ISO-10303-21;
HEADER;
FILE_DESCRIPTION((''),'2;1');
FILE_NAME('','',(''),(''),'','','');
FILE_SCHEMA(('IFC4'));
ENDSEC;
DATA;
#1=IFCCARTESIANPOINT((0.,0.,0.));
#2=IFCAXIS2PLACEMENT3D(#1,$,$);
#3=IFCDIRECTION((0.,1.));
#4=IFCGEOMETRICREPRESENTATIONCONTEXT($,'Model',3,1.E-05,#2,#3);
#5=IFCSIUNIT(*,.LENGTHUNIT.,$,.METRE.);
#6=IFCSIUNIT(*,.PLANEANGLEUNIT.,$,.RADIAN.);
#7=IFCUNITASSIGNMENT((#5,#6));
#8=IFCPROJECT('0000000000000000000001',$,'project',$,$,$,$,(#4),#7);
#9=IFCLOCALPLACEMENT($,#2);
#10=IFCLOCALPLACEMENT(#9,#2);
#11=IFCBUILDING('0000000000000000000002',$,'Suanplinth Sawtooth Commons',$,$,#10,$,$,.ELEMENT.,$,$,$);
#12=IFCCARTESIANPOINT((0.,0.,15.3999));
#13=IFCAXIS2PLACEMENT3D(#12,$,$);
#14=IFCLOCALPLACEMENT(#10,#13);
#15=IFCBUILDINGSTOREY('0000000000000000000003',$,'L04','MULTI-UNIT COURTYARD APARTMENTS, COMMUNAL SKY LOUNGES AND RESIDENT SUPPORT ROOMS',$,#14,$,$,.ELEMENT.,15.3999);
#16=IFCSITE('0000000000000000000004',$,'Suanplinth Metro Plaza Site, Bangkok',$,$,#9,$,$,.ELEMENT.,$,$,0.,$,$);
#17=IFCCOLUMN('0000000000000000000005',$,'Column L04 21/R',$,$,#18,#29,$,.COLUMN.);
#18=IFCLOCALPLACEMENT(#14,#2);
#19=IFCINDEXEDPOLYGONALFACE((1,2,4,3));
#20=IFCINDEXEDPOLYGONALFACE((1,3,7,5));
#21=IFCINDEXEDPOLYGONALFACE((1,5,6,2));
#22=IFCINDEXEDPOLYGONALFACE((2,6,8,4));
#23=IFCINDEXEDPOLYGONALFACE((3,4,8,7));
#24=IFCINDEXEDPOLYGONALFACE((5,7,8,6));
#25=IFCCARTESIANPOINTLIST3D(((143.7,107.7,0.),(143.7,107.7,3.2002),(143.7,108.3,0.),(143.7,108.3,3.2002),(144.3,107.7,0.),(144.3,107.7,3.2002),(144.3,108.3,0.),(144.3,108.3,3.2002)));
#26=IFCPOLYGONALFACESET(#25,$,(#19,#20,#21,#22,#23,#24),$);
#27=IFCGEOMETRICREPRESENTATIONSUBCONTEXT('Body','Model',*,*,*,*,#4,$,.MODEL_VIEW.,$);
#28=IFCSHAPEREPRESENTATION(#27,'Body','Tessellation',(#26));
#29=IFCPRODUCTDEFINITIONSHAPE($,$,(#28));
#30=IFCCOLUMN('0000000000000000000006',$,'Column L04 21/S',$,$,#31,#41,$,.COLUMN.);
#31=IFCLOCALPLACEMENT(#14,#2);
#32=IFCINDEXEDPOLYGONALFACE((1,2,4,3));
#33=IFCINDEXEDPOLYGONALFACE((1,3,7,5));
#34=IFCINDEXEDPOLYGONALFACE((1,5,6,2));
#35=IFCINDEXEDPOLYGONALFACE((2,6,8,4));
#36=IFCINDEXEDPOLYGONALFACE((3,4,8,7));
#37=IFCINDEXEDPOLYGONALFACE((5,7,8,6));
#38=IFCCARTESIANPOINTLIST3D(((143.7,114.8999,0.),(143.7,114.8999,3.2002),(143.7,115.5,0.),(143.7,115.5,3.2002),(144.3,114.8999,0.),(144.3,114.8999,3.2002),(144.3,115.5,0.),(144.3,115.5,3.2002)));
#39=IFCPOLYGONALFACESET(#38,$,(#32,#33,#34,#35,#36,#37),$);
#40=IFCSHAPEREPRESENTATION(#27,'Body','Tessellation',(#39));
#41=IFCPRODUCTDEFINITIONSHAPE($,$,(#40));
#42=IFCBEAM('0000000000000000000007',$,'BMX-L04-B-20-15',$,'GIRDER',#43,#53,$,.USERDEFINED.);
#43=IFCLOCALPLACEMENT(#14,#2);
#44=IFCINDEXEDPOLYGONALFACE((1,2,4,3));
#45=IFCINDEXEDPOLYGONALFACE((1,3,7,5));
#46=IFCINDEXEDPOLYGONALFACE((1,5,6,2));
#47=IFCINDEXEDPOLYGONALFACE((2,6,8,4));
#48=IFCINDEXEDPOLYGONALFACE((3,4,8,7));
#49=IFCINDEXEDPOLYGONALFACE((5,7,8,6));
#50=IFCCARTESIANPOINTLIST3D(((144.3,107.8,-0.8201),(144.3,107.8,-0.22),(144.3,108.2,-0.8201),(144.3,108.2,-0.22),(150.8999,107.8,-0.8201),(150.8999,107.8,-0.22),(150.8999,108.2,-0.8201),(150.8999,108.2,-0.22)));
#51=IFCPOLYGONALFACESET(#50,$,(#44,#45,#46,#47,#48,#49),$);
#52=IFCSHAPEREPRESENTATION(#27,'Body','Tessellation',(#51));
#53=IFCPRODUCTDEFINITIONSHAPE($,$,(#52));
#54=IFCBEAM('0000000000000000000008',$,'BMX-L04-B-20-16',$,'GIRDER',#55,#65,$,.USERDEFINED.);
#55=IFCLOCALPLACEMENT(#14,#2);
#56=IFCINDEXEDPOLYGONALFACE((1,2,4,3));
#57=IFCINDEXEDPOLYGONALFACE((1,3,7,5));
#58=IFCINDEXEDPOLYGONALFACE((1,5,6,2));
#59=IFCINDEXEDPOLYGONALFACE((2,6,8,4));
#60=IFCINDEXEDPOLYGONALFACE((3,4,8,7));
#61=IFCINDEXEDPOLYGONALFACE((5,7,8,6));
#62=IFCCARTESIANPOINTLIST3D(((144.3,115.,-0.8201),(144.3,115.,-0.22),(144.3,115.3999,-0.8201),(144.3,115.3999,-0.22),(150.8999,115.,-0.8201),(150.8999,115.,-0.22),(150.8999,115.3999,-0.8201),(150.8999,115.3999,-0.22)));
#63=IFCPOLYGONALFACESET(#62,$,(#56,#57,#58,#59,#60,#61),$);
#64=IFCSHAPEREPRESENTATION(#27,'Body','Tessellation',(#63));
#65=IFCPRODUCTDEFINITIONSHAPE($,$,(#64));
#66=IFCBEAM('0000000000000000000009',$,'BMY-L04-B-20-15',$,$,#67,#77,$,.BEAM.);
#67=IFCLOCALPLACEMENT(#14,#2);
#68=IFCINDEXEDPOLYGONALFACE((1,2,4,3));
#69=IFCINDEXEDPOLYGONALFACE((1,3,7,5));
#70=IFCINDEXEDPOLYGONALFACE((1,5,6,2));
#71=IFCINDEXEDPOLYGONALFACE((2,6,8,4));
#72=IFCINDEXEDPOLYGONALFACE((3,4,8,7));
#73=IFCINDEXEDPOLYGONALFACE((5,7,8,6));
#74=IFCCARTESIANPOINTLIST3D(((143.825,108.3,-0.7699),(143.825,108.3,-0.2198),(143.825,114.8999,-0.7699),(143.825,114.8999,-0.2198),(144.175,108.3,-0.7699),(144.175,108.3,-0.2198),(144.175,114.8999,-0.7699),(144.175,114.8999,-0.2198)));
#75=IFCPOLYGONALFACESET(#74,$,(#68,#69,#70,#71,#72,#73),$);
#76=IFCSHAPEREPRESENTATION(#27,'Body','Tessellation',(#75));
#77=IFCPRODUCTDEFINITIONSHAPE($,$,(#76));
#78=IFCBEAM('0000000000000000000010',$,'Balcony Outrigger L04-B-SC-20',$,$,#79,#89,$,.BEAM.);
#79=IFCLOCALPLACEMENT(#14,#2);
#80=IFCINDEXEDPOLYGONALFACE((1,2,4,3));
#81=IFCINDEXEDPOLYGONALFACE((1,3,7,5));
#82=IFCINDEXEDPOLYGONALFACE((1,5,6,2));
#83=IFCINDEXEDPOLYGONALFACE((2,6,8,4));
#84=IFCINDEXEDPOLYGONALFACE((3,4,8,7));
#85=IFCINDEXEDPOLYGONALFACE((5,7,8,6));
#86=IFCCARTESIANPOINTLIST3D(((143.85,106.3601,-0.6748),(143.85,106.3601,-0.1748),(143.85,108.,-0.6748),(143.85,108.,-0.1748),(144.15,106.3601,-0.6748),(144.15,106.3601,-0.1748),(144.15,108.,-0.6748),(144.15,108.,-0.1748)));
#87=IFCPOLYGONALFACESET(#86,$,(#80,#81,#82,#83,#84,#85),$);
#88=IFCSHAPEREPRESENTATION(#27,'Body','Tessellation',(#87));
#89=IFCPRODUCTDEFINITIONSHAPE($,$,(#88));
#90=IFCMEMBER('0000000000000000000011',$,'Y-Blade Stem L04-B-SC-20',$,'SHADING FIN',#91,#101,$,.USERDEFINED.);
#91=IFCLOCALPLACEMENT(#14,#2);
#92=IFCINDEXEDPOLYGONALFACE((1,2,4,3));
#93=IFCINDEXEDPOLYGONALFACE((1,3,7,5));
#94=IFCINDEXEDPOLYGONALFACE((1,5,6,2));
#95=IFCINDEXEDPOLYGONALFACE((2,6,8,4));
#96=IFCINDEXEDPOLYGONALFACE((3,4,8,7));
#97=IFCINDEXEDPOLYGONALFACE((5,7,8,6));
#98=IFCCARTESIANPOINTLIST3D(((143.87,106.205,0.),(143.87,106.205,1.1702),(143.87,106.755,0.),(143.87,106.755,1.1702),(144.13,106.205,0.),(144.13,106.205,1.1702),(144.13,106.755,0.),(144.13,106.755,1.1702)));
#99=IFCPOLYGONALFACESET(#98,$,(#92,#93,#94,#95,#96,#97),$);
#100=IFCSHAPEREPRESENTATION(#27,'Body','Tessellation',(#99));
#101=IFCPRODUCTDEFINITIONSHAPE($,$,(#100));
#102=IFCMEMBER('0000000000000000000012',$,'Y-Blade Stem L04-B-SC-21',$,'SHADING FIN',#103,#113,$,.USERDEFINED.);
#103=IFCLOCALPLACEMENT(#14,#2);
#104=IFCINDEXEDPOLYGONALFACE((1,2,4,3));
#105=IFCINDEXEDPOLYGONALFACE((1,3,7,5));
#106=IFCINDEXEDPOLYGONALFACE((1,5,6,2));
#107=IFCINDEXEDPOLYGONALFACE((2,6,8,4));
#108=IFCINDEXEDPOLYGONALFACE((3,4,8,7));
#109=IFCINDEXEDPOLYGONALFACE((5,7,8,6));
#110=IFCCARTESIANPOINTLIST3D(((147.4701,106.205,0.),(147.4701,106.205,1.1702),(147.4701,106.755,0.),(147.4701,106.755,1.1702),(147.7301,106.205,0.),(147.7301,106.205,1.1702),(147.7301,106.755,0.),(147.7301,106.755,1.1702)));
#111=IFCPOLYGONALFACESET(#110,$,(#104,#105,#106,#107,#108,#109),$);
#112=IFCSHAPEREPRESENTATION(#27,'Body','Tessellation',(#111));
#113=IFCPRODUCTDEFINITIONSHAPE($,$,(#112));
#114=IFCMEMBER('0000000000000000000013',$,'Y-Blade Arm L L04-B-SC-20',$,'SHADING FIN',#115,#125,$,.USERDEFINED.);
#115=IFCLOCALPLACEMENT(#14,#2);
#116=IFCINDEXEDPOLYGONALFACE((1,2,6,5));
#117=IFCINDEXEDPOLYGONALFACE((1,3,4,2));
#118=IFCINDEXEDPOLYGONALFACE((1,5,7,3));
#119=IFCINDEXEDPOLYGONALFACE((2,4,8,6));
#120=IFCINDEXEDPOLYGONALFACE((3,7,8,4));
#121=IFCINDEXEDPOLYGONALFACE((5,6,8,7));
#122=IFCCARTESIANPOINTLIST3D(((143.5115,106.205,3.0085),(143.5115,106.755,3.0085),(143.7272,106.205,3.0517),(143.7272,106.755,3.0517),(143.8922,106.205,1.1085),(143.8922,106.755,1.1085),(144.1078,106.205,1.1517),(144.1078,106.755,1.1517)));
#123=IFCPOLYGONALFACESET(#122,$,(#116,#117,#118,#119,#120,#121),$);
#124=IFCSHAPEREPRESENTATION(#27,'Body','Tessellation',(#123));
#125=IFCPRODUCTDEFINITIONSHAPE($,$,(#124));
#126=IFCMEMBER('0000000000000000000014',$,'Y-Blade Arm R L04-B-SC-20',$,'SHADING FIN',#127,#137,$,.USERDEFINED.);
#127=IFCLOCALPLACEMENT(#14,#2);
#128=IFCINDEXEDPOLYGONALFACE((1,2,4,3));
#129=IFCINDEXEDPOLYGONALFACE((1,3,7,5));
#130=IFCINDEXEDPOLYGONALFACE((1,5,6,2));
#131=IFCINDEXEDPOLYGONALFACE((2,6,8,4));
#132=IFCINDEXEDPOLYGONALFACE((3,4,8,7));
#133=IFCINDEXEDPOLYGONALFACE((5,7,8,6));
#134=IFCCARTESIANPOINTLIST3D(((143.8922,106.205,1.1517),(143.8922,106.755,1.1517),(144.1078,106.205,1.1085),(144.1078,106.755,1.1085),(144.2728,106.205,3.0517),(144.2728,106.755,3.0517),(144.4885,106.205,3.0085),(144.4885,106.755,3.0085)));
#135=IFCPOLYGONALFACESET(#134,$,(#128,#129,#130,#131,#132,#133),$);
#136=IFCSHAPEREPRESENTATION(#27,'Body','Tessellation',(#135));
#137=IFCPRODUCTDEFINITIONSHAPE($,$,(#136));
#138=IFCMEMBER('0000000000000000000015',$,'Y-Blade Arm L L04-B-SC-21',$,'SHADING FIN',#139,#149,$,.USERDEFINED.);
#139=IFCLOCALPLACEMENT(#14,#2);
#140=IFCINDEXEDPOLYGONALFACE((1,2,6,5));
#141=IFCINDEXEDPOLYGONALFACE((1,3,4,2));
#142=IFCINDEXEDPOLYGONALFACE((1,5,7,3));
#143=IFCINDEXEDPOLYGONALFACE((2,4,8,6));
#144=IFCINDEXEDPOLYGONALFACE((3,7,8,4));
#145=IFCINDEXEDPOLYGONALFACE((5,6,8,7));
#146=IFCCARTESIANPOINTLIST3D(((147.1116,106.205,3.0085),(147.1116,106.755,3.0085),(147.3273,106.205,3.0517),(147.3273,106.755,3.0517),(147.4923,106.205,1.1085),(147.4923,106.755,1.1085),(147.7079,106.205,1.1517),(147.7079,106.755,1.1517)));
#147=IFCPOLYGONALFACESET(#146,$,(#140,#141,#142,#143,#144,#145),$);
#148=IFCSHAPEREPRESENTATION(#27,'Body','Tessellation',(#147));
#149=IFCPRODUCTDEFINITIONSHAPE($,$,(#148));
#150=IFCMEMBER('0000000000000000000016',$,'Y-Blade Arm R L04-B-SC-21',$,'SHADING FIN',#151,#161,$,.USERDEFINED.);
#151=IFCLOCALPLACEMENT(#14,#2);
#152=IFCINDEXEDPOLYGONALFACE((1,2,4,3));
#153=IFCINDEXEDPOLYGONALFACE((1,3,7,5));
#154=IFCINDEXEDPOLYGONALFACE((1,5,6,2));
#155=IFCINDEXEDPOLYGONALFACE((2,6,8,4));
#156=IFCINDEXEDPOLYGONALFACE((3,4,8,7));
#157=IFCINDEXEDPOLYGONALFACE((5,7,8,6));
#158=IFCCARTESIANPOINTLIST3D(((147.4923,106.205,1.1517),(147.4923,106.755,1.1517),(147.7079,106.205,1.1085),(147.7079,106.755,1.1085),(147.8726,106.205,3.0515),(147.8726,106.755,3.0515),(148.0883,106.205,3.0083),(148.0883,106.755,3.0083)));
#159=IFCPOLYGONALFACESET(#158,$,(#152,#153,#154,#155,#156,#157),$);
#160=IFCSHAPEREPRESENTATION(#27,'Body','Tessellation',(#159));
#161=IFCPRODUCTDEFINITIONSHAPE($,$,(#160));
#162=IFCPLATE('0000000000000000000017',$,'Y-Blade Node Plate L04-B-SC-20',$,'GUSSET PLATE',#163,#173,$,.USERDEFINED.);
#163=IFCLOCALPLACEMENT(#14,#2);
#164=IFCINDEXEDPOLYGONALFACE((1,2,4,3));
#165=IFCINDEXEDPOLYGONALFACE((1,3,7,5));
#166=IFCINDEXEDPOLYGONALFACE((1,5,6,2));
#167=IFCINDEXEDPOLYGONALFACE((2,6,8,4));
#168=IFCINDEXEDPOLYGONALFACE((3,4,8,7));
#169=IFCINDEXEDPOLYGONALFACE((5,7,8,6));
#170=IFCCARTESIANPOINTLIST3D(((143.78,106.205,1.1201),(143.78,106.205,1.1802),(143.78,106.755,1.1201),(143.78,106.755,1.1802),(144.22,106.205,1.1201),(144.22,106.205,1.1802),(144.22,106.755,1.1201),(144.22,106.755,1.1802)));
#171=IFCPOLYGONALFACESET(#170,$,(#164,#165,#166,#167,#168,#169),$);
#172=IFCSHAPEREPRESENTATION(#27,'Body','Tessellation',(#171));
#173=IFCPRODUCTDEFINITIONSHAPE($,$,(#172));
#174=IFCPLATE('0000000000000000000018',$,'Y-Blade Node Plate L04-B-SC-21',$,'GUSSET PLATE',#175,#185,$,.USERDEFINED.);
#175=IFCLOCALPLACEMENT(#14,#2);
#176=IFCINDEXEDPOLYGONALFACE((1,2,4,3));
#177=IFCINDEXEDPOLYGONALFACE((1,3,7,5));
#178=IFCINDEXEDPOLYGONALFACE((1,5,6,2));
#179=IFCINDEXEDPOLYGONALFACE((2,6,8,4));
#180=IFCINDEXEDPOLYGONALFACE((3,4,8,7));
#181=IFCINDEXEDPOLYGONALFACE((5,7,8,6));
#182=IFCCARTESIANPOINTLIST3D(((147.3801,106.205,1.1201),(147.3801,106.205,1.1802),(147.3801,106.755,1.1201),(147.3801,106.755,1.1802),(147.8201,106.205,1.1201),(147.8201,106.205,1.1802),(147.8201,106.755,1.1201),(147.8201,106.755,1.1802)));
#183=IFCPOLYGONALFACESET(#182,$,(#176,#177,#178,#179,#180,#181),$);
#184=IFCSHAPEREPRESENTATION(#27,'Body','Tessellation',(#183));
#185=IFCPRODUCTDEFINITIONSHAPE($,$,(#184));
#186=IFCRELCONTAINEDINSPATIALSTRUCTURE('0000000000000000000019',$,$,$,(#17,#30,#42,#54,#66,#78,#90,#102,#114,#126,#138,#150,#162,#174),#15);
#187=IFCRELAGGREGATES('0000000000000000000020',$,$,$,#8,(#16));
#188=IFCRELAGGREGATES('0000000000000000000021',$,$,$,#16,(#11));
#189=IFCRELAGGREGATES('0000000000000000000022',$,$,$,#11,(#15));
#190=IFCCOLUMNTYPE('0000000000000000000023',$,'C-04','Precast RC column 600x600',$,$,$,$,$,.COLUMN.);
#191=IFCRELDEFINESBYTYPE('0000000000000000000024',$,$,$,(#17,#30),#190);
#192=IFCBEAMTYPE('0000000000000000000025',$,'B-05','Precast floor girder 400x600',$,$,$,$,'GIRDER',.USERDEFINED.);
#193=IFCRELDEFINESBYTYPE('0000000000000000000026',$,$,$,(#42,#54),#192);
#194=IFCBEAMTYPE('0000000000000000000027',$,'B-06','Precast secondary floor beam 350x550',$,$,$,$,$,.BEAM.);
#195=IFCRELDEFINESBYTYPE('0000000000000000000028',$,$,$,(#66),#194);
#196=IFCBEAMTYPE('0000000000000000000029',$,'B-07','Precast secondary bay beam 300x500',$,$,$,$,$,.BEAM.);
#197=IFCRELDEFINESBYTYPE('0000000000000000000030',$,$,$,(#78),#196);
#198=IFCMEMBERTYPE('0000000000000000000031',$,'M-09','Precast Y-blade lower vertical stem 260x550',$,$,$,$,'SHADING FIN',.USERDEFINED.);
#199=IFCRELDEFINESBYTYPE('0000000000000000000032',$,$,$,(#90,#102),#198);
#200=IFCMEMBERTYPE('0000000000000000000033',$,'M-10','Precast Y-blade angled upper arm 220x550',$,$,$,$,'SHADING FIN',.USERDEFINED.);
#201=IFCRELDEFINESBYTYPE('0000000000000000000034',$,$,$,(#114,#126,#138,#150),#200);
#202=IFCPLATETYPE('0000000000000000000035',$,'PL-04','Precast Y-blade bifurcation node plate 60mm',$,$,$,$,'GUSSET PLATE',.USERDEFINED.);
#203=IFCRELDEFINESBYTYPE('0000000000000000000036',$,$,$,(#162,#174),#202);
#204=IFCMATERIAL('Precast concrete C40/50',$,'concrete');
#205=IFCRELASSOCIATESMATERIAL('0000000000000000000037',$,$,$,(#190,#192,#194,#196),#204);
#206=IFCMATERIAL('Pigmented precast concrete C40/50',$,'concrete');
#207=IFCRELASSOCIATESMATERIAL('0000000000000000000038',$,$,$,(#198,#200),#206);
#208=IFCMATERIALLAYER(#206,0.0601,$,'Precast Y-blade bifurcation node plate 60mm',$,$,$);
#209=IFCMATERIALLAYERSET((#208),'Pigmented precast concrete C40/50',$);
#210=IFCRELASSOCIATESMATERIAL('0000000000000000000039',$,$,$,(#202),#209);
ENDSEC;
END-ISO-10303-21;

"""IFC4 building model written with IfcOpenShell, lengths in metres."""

from ifc_helpers import new_model, si_unit, direction, frame, origin, origin_2d, place, context, subcontext, project, spatial, rectangle, extrude, material, layer, layer_set, material_profile, profile_set, type_object, element, save


model = new_model("IFC4")

# Units and contexts
model_context = context("Model", 3, precision=1e-05, world=origin(), true_north=direction((0.0, 1.0)))
body_context = subcontext(model_context, "Body", "Model", "MODEL_VIEW")
ifc_project = project(units=[si_unit("LENGTHUNIT", "METRE"), si_unit("PLANEANGLEUNIT", "RADIAN")], contexts=[model_context])

# Site, building, storey
site_placement = place(None, origin())
site = spatial("IfcSite", under=ifc_project, at=site_placement, Name="Suanplinth Metro Plaza Site, Bangkok", CompositionType="ELEMENT", RefElevation=0.0)
building_placement = place(site_placement, origin())
building = spatial("IfcBuilding", under=site, at=building_placement, Name="Suanplinth Sawtooth Commons", CompositionType="ELEMENT")
storey_placement = place(building_placement, frame((0.0, 0.0, 15.3999)))
storey = spatial("IfcBuildingStorey", under=building, at=storey_placement, Name="L04", Description="MULTI-UNIT COURTYARD APARTMENTS, COMMUNAL SKY LOUNGES AND RESIDENT SUPPORT ROOMS", CompositionType="ELEMENT", Elevation=15.3999)

# Columns
ifc_material_1 = material(Name="Precast concrete C40/50", Category="concrete")
ifc_material_profile_1 = material_profile(ifc_material_1, rectangle(XDim=0.6001, YDim=0.6001, at=origin_2d()), Name="PC-COL 600x600")
ifc_profile_set_1 = profile_set([ifc_material_profile_1], Name="Precast concrete C40/50")
column_type = type_object("IfcColumnType", Name="C-04", Description="Precast RC column 600x600", PredefinedType="COLUMN", material=ifc_profile_set_1)
for number, where, z_axis, x_axis, name in (
    (1, (144.0, 108.0, 0.0), (0.0, 0.0, 1.0), (1.0, 0.0, 0.0), "Column L04 21/R"),
    (2, (144.0, 115.2, 0.0), (0.0, 0.0, 1.0), (1.0, 0.0, 0.0), "Column L04 21/S"),
):
    element("IfcColumn", number, at=place(storey_placement, frame(where, z_axis=z_axis, x_axis=x_axis)), inside=storey, type_object=column_type, Name=name, PredefinedType="COLUMN", context=body_context, shape_type="SweptSolid", body=[
        extrude(rectangle(XDim=0.6001, YDim=0.6001, at=origin_2d()), origin(), (0.0, 0.0, 1.0), 3.2002),
    ])

# Beams
ifc_material_profile_2 = material_profile(ifc_material_1, rectangle(XDim=0.3999, YDim=0.6001, at=origin_2d()), Name="PC-GDR 400x600")
ifc_profile_set_2 = profile_set([ifc_material_profile_2], Name="Precast concrete C40/50")
beam_type_1 = type_object("IfcBeamType", Name="B-05", Description="Precast floor girder 400x600", ElementType="GIRDER", PredefinedType="USERDEFINED", material=ifc_profile_set_2)
for number, where, z_axis, x_axis, name in (
    (3, (144.3, 108.0, -0.52), (1.0, 0.0, 0.0), (0.0, 1.0, 0.0), "BMX-L04-B-20-15"),
    (4, (144.3, 115.2, -0.52), (1.0, 0.0, 0.0), (0.0, 1.0, 0.0), "BMX-L04-B-20-16"),
):
    element("IfcBeam", number, at=place(storey_placement, frame(where, z_axis=z_axis, x_axis=x_axis)), inside=storey, type_object=beam_type_1, Name=name, ObjectType="GIRDER", PredefinedType="USERDEFINED", context=body_context, shape_type="SweptSolid", body=[
        extrude(rectangle(XDim=0.3999, YDim=0.6001, at=origin_2d()), origin(), (0.0, 0.0, 1.0), 6.5999),
    ])
ifc_material_profile_3 = material_profile(ifc_material_1, rectangle(XDim=0.3501, YDim=0.55, at=origin_2d()), Name="PC-BM 350x550")
ifc_profile_set_3 = profile_set([ifc_material_profile_3], Name="Precast concrete C40/50")
beam_type_2 = type_object("IfcBeamType", Name="B-06", Description="Precast secondary floor beam 350x550", PredefinedType="BEAM", material=ifc_profile_set_3)
beam_1_placement = place(storey_placement, frame((144.0, 108.3, -0.4949), z_axis=(0.0, 1.0, 0.0), x_axis=(-1.0, 0.0, 0.0)))
element("IfcBeam", 5, at=beam_1_placement, inside=storey, type_object=beam_type_2, Name="BMY-L04-B-20-15", PredefinedType="BEAM", context=body_context, shape_type="SweptSolid", body=[
    extrude(rectangle(XDim=0.3501, YDim=0.55, at=origin_2d()), origin(), (0.0, 0.0, 1.0), 6.5999),
])
ifc_material_profile_4 = material_profile(ifc_material_1, rectangle(XDim=0.3, YDim=0.5, at=origin_2d()), Name="PC-BM 300x500")
ifc_profile_set_4 = profile_set([ifc_material_profile_4], Name="Precast concrete C40/50")
beam_type_3 = type_object("IfcBeamType", Name="B-07", Description="Precast secondary bay beam 300x500", PredefinedType="BEAM", material=ifc_profile_set_4)
beam_2_placement = place(storey_placement, frame((144.0, 108.0, -0.4248), z_axis=(0.0, -1.0, 0.0), x_axis=(1.0, 0.0, 0.0)))
element("IfcBeam", 6, at=beam_2_placement, inside=storey, type_object=beam_type_3, Name="Balcony Outrigger L04-B-SC-20", PredefinedType="BEAM", context=body_context, shape_type="SweptSolid", body=[
    extrude(rectangle(XDim=0.3, YDim=0.5, at=origin_2d()), origin(), (0.0, 0.0, 1.0), 1.6399),
])

# Members
ifc_material_2 = material(Name="Pigmented precast concrete C40/50", Category="concrete")
ifc_material_profile_5 = material_profile(ifc_material_2, rectangle(XDim=0.26, YDim=0.55, at=origin_2d()), Name="PC-FIN 260x550")
ifc_profile_set_5 = profile_set([ifc_material_profile_5], Name="Pigmented precast concrete C40/50")
member_type_1 = type_object("IfcMemberType", Name="M-09", Description="Precast Y-blade lower vertical stem 260x550", ElementType="SHADING FIN", PredefinedType="USERDEFINED", material=ifc_profile_set_5)
for number, where, z_axis, x_axis, name in (
    (7, (144.0, 106.48, 0.0), (0.0, 0.0, 1.0), (1.0, 0.0, 0.0), "Y-Blade Stem L04-B-SC-20"),
    (8, (147.6001, 106.48, 0.0), (0.0, 0.0, 1.0), (1.0, 0.0, 0.0), "Y-Blade Stem L04-B-SC-21"),
):
    element("IfcMember", number, at=place(storey_placement, frame(where, z_axis=z_axis, x_axis=x_axis)), inside=storey, type_object=member_type_1, Name=name, ObjectType="SHADING FIN", PredefinedType="USERDEFINED", context=body_context, shape_type="SweptSolid", body=[
        extrude(rectangle(XDim=0.26, YDim=0.55, at=origin_2d()), origin(), (0.0, 0.0, 1.0), 1.1702),
    ])
ifc_material_profile_6 = material_profile(ifc_material_2, rectangle(XDim=0.22, YDim=0.55, at=origin_2d()), Name="PC-FIN 220x550")
ifc_profile_set_6 = profile_set([ifc_material_profile_6], Name="Pigmented precast concrete C40/50")
member_type_2 = type_object("IfcMemberType", Name="M-10", Description="Precast Y-blade angled upper arm 220x550", ElementType="SHADING FIN", PredefinedType="USERDEFINED", material=ifc_profile_set_6)
for number, where, z_axis, x_axis, name in (
    (9, (144.0, 106.48, 1.1301), (-0.196431, 0.0, 0.980518), (0.980518, 0.0, 0.196431), "Y-Blade Arm L L04-B-SC-20"),
    (10, (144.0, 106.48, 1.1301), (0.196431, 0.0, 0.980518), (-0.980518, 0.0, 0.196431), "Y-Blade Arm R L04-B-SC-20"),
    (11, (147.6001, 106.48, 1.1301), (-0.196431, 0.0, 0.980518), (0.980518, 0.0, 0.196431), "Y-Blade Arm L L04-B-SC-21"),
):
    element("IfcMember", number, at=place(storey_placement, frame(where, z_axis=z_axis, x_axis=x_axis)), inside=storey, type_object=member_type_2, Name=name, ObjectType="SHADING FIN", PredefinedType="USERDEFINED", context=body_context, shape_type="SweptSolid", body=[
        extrude(rectangle(XDim=0.22, YDim=0.55, at=origin_2d()), origin(), (0.0, 0.0, 1.0), 1.9377),
    ])
member_placement = place(storey_placement, frame((147.6001, 106.48, 1.1301), z_axis=(0.19631, 0.0, 0.980542), x_axis=(-0.980542, 0.0, 0.19631)))
element("IfcMember", 12, at=member_placement, inside=storey, type_object=member_type_2, Name="Y-Blade Arm R L04-B-SC-21", ObjectType="SHADING FIN", PredefinedType="USERDEFINED", context=body_context, shape_type="SweptSolid", body=[
    extrude(rectangle(XDim=0.22, YDim=0.55, at=origin_2d()), origin(), (0.0, 0.0, 1.0), 1.9375),
])

# Plates
ifc_layer_1 = layer(ifc_material_2, 0.0601, Name="Precast Y-blade bifurcation node plate 60mm")
ifc_layer_set_1 = layer_set([ifc_layer_1], Name="Pigmented precast concrete C40/50")
plate_type = type_object("IfcPlateType", Name="PL-04", Description="Precast Y-blade bifurcation node plate 60mm", ElementType="GUSSET PLATE", PredefinedType="USERDEFINED", material=ifc_layer_set_1)
for number, where, z_axis, x_axis, name in (
    (13, (144.0, 106.48, 1.1201), (0.0, 0.0, 1.0), (1.0, 0.0, 0.0), "Y-Blade Node Plate L04-B-SC-20"),
    (14, (147.6001, 106.48, 1.1201), (0.0, 0.0, 1.0), (1.0, 0.0, 0.0), "Y-Blade Node Plate L04-B-SC-21"),
):
    element("IfcPlate", number, at=place(storey_placement, frame(where, z_axis=z_axis, x_axis=x_axis)), inside=storey, type_object=plate_type, Name=name, ObjectType="GUSSET PLATE", PredefinedType="USERDEFINED", context=body_context, shape_type="SweptSolid", body=[
        extrude(rectangle(XDim=0.4399, YDim=0.55, at=origin_2d()), origin(), (0.0, 0.0, 1.0), 0.0601),
    ])

save(model, "model.ifc")
